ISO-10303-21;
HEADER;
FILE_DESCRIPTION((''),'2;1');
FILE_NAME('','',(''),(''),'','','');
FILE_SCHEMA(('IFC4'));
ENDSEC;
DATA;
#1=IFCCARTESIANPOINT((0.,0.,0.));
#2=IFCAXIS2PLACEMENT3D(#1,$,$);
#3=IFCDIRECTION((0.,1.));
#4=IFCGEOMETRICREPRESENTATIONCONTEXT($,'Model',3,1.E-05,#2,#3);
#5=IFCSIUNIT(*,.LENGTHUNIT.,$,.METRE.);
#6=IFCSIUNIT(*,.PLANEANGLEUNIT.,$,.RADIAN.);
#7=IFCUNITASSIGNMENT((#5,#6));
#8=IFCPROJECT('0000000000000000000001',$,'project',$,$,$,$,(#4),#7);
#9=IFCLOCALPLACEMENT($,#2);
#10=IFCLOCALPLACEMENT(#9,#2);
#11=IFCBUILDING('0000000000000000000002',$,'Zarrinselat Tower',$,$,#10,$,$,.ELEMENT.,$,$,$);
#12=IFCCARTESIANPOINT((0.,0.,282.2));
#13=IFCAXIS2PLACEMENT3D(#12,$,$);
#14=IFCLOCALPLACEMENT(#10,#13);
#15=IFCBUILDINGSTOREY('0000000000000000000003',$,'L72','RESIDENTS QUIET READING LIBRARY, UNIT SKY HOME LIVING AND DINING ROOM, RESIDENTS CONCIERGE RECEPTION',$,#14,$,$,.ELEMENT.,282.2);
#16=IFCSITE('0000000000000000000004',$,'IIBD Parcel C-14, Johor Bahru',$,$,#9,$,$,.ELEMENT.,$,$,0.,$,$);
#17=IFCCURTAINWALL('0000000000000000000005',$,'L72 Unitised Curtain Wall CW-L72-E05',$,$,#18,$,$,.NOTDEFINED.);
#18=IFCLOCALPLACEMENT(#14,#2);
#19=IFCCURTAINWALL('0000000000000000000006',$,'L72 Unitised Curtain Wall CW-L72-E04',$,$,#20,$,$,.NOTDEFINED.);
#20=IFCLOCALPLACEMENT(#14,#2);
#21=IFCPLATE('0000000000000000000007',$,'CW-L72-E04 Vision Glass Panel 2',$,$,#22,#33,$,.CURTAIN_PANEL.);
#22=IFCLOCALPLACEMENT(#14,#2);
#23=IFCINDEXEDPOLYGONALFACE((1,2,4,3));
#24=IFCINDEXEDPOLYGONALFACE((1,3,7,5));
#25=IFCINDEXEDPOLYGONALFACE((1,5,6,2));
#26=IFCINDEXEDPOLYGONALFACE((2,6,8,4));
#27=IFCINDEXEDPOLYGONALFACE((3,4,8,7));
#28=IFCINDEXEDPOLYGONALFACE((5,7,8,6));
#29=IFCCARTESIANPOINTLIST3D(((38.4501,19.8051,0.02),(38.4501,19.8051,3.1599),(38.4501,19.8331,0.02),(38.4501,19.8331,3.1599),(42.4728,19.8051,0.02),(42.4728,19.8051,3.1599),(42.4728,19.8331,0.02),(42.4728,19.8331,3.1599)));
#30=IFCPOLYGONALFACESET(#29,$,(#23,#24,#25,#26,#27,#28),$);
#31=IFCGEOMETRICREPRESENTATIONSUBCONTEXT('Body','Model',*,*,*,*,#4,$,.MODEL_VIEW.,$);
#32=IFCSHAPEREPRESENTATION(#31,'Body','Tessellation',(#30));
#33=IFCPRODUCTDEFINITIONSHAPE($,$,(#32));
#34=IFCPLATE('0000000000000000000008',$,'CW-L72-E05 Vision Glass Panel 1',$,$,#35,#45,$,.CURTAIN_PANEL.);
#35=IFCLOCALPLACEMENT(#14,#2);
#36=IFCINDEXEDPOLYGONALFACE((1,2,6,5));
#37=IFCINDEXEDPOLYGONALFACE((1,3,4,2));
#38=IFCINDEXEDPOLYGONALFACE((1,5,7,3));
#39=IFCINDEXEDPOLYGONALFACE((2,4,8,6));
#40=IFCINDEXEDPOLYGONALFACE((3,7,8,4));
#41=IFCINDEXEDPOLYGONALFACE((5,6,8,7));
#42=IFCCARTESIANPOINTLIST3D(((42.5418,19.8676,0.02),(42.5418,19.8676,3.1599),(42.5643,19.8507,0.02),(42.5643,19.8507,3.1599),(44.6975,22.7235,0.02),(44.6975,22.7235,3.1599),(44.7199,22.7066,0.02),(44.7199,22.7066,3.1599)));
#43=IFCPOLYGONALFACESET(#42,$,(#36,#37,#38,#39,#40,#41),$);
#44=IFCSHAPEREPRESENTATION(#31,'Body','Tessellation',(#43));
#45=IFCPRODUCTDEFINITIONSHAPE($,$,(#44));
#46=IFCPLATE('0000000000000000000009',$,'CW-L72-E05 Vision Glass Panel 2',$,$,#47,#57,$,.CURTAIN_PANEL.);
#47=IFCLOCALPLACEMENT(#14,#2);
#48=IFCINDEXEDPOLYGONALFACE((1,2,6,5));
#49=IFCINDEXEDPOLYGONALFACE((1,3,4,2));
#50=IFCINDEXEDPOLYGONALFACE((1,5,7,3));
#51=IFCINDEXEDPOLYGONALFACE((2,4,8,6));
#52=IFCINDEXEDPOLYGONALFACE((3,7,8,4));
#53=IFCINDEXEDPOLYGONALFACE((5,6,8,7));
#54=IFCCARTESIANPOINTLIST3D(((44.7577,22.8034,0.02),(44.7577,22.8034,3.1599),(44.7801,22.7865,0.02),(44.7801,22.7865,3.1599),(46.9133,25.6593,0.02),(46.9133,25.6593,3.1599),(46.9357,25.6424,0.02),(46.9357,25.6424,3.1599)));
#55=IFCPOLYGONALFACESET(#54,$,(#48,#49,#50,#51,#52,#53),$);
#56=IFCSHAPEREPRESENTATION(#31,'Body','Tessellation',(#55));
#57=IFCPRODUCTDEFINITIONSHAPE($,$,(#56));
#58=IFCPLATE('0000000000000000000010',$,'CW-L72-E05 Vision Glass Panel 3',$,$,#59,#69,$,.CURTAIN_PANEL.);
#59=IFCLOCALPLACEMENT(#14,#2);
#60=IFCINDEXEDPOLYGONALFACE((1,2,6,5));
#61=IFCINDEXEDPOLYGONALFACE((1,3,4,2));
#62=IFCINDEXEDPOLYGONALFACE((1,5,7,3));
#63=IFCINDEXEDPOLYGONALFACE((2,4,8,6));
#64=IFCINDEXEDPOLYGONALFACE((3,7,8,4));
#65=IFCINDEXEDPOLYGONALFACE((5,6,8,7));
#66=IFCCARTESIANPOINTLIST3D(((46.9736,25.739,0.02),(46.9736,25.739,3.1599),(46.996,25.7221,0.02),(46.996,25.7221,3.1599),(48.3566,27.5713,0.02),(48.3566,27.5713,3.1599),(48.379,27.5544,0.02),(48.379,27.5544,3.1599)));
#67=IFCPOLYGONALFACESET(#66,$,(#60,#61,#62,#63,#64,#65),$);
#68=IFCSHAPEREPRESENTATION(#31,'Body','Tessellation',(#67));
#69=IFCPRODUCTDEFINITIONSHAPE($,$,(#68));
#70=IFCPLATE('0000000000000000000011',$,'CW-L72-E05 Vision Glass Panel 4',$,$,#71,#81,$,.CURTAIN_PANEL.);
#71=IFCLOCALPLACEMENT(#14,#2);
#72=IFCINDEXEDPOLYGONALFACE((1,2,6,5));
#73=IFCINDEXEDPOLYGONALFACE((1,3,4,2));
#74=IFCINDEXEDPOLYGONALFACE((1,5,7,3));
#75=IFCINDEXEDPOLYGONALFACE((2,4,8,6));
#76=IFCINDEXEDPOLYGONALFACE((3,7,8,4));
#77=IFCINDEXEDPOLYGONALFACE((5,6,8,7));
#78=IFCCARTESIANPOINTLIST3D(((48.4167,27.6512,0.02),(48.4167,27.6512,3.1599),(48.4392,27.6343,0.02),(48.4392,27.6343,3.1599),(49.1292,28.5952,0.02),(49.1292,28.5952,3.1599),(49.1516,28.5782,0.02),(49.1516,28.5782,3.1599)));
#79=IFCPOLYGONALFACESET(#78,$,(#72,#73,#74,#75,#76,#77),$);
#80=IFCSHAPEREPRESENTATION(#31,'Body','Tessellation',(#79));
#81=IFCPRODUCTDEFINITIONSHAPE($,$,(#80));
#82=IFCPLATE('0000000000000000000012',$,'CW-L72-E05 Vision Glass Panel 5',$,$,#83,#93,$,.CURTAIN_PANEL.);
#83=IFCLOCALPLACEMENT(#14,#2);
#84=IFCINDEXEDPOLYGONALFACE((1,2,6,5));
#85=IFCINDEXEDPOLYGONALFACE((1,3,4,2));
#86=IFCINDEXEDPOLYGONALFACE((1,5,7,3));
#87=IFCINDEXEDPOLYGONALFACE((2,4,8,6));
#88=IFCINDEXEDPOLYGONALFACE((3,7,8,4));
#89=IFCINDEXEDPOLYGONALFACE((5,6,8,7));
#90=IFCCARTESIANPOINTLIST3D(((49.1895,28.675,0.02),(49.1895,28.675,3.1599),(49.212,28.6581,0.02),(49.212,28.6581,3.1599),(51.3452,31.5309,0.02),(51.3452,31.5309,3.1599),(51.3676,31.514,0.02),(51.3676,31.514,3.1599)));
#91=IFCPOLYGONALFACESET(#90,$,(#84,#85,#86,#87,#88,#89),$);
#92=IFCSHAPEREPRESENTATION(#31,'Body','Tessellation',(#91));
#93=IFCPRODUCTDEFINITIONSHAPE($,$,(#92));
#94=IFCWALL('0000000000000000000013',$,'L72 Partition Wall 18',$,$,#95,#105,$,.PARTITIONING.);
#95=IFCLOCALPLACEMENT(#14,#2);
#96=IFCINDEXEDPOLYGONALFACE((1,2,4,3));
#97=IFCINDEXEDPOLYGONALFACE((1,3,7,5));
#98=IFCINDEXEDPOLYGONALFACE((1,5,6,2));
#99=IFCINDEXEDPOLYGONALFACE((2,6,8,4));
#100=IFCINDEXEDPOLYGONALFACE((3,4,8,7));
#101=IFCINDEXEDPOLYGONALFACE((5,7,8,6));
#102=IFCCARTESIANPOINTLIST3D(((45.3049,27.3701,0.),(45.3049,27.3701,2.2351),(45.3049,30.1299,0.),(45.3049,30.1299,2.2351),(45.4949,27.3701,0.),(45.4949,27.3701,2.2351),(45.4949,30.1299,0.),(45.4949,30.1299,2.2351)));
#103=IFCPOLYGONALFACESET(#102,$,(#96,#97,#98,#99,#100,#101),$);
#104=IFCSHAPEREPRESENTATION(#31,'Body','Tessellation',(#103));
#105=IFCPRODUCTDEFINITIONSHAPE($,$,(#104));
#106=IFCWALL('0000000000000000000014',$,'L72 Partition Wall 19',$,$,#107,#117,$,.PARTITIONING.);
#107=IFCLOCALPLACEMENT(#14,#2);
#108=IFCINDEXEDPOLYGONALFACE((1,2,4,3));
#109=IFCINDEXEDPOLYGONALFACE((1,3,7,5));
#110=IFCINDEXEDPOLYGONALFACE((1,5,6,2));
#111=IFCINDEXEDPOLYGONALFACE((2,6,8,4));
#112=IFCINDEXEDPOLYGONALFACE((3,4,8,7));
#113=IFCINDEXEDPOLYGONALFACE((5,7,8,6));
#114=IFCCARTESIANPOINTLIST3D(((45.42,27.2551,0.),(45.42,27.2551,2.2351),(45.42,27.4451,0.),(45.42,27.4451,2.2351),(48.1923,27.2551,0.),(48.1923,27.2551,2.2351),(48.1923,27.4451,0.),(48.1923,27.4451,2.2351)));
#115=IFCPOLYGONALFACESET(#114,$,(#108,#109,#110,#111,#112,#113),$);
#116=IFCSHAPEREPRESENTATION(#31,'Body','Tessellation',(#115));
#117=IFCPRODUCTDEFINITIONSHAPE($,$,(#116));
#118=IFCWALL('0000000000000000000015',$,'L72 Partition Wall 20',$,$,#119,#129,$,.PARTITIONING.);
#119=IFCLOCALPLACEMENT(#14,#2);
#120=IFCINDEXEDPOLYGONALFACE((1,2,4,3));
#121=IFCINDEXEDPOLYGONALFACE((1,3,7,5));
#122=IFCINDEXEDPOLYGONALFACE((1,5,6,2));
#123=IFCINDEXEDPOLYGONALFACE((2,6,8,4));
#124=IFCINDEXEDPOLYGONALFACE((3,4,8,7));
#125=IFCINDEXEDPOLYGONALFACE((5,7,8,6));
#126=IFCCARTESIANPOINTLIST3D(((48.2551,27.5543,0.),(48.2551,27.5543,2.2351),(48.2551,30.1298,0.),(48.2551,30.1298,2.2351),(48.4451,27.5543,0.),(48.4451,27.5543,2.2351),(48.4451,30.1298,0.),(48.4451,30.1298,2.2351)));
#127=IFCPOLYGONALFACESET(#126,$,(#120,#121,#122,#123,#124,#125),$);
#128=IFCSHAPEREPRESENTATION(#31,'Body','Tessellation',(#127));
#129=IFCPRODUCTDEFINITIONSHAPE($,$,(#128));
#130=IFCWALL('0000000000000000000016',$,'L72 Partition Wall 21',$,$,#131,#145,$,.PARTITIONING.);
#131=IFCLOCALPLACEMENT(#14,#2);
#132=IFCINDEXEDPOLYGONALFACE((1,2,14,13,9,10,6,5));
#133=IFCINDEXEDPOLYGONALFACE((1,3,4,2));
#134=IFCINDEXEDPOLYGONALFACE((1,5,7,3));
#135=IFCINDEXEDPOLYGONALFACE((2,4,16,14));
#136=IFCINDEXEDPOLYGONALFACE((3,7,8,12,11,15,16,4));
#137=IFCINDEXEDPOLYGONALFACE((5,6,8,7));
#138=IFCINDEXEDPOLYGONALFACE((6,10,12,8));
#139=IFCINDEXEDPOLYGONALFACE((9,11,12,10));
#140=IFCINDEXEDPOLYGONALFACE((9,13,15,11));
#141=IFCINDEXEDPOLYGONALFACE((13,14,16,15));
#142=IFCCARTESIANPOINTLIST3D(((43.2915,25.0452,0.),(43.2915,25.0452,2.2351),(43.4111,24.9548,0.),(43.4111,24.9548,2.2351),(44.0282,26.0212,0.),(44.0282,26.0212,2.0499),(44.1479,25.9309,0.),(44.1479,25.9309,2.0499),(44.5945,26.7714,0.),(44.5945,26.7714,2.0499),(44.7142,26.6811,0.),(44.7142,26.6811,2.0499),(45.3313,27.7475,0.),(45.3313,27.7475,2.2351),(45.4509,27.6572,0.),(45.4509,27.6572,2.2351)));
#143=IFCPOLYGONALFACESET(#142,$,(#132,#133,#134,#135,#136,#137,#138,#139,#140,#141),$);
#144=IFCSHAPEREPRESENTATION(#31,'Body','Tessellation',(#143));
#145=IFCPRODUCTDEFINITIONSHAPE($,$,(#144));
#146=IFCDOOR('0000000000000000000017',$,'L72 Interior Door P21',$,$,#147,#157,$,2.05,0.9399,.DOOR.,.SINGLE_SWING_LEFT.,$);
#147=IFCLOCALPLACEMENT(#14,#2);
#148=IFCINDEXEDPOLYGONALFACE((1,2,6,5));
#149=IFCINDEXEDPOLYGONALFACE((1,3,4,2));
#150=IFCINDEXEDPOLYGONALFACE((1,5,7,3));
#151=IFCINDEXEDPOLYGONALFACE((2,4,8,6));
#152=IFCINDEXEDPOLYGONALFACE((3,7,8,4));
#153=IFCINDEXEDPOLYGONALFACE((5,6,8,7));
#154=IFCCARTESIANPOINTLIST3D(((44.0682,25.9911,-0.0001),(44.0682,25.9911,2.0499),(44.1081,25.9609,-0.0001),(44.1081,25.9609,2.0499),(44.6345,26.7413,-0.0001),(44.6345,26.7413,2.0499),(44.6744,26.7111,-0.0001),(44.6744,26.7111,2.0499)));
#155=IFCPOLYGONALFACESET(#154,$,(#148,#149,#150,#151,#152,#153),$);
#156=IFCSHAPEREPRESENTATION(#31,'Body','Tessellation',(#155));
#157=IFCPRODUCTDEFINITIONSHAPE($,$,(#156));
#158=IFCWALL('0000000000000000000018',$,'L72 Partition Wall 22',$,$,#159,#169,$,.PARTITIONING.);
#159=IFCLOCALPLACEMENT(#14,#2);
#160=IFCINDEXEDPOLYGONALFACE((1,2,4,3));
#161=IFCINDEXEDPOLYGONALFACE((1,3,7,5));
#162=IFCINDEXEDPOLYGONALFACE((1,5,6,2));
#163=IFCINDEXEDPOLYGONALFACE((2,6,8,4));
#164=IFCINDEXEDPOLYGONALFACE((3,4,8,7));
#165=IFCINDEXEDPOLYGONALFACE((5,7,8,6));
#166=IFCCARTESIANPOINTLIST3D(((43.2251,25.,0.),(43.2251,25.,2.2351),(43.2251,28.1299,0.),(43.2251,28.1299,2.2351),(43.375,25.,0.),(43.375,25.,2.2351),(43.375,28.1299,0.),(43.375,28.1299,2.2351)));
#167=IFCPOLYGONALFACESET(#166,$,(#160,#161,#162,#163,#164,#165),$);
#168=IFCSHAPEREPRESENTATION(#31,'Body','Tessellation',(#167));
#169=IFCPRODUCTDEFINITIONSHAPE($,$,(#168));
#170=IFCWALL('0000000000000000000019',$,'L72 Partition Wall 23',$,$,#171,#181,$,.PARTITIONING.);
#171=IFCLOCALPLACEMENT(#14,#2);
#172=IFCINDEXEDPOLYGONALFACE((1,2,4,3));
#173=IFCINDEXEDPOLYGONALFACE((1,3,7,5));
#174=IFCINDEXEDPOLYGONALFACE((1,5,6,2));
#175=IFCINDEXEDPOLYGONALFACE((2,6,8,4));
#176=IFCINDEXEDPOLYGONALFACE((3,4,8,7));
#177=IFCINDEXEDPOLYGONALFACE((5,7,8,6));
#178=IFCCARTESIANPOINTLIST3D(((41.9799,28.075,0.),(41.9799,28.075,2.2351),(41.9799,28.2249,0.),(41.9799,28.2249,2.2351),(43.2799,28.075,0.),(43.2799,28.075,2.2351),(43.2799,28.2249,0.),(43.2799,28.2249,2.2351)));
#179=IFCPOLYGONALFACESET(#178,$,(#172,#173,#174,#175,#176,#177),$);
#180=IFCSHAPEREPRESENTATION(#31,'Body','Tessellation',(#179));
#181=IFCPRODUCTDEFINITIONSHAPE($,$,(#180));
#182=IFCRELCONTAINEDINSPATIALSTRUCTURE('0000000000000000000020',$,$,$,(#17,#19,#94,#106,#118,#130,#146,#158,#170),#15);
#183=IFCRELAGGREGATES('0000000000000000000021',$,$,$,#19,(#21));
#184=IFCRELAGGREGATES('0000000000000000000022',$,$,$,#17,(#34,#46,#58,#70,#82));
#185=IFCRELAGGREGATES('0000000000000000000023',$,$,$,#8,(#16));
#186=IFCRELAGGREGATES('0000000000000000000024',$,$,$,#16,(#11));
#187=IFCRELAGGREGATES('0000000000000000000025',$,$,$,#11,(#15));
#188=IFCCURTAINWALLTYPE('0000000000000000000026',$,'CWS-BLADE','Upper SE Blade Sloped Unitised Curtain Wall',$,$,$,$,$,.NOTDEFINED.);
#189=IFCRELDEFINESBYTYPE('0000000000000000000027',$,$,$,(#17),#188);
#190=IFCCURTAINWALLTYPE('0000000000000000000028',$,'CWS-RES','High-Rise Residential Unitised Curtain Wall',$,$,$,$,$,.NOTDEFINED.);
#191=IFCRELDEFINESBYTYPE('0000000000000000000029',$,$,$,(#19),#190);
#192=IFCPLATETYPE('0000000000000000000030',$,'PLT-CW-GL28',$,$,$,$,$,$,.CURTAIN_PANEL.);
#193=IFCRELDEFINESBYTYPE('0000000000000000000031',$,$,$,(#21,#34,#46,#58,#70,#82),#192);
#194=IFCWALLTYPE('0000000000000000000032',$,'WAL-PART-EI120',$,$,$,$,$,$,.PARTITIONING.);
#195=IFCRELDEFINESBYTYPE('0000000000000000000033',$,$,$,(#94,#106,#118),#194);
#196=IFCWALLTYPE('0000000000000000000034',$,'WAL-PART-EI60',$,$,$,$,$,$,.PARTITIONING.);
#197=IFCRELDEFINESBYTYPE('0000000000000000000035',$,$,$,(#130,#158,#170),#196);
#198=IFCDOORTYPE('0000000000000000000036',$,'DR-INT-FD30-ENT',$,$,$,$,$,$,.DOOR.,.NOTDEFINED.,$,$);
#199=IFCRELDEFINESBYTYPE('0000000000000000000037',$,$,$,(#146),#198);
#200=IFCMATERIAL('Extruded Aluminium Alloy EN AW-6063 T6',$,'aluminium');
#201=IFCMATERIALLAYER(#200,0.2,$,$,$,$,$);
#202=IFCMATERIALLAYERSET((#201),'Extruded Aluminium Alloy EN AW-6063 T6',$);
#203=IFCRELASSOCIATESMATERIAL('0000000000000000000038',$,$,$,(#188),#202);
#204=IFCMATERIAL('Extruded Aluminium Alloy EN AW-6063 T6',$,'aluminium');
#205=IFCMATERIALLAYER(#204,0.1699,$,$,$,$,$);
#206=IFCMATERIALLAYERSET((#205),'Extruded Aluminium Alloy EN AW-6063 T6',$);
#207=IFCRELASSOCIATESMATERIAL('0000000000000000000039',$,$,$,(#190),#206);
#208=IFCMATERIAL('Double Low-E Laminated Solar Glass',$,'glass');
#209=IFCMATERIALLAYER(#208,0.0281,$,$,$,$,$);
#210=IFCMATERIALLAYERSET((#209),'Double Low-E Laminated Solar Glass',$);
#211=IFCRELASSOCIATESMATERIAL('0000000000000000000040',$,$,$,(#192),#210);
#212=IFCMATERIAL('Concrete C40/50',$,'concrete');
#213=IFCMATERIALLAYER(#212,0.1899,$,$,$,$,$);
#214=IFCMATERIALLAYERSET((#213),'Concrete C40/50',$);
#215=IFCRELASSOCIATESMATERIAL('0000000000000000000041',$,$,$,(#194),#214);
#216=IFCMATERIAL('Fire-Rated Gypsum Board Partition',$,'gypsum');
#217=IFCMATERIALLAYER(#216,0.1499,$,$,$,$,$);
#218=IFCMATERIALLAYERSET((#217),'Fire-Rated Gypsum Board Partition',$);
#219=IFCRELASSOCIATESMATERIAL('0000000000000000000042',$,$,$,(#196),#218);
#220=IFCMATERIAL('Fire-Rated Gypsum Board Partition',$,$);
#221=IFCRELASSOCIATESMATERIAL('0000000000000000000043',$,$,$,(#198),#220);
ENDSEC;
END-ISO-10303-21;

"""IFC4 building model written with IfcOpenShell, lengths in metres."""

from ifc_helpers import new_model, si_unit, direction, frame, frame_2d, origin, origin_2d, place, context, subcontext, project, spatial, rectangle, extrude, material, layer, layer_set, type_object, element, fill, aggregate, save


model = new_model("IFC4")

# Units and contexts
model_context = context("Model", 3, precision=1e-05, world=origin(), true_north=direction((0.0, 1.0)))
body_context = subcontext(model_context, "Body", "Model", "MODEL_VIEW")
ifc_project = project(units=[si_unit("LENGTHUNIT", "METRE"), si_unit("PLANEANGLEUNIT", "RADIAN")], contexts=[model_context])

# Site, building, storey
site_placement = place(None, origin())
site = spatial("IfcSite", under=ifc_project, at=site_placement, Name="IIBD Parcel C-14, Johor Bahru", CompositionType="ELEMENT", RefElevation=0.0)
building_placement = place(site_placement, origin())
building = spatial("IfcBuilding", under=site, at=building_placement, Name="Zarrinselat Tower", CompositionType="ELEMENT")
storey_placement = place(building_placement, frame((0.0, 0.0, 282.2)))
storey = spatial("IfcBuildingStorey", under=building, at=storey_placement, Name="L72", Description="RESIDENTS QUIET READING LIBRARY, UNIT SKY HOME LIVING AND DINING ROOM, RESIDENTS CONCIERGE RECEPTION", CompositionType="ELEMENT", Elevation=282.2)

# Curtain wall
ifc_material_1 = material(Name="Extruded Aluminium Alloy EN AW-6063 T6", Category="aluminium")
ifc_layer_1 = layer(ifc_material_1, 0.2)
ifc_layer_set_1 = layer_set([ifc_layer_1], Name="Extruded Aluminium Alloy EN AW-6063 T6")
curtain_wall_type_1 = type_object("IfcCurtainWallType", Name="CWS-BLADE", Description="Upper SE Blade Sloped Unitised Curtain Wall", PredefinedType="NOTDEFINED", material=ifc_layer_set_1)
curtain_wall_1_placement = place(storey_placement, origin())
curtain_wall_1 = element("IfcCurtainWall", 1, at=curtain_wall_1_placement, inside=storey, type_object=curtain_wall_type_1, Name="L72 Unitised Curtain Wall CW-L72-E05", PredefinedType="NOTDEFINED")

# Curtain wall
ifc_material_2 = material(Name="Extruded Aluminium Alloy EN AW-6063 T6", Category="aluminium")
ifc_layer_2 = layer(ifc_material_2, 0.1699)
ifc_layer_set_2 = layer_set([ifc_layer_2], Name="Extruded Aluminium Alloy EN AW-6063 T6")
curtain_wall_type_2 = type_object("IfcCurtainWallType", Name="CWS-RES", Description="High-Rise Residential Unitised Curtain Wall", PredefinedType="NOTDEFINED", material=ifc_layer_set_2)
curtain_wall_2_placement = place(storey_placement, origin())
curtain_wall_2 = element("IfcCurtainWall", 2, at=curtain_wall_2_placement, inside=storey, type_object=curtain_wall_type_2, Name="L72 Unitised Curtain Wall CW-L72-E04", PredefinedType="NOTDEFINED")

# Plates
ifc_material_3 = material(Name="Double Low-E Laminated Solar Glass", Category="glass")
ifc_layer_3 = layer(ifc_material_3, 0.0281)
ifc_layer_set_3 = layer_set([ifc_layer_3], Name="Double Low-E Laminated Solar Glass")
plate_type = type_object("IfcPlateType", Name="PLT-CW-GL28", PredefinedType="CURTAIN_PANEL", material=ifc_layer_set_3)
plate_1_placement = place(storey_placement, frame((40.4614, 19.8191, 0.02), z_axis=(0.0, 0.0, 1.0), x_axis=(1.0, 0.0, 0.0)))
plate_1 = element("IfcPlate", 3, at=plate_1_placement, type_object=plate_type, Name="CW-L72-E04 Vision Glass Panel 2", PredefinedType="CURTAIN_PANEL", context=body_context, shape_type="SweptSolid", body=[
    extrude(rectangle(XDim=4.0227, YDim=0.0281, at=origin_2d()), origin(), (0.0, 0.0, 1.0), 3.1399),
])
aggregate(curtain_wall_2, [plate_1])
plate_2_placement = place(storey_placement, frame((43.6309, 21.2871, 0.02), z_axis=(0.0, 0.0, 1.0), x_axis=(0.602445, 0.79816, 0.0)))
plate_2 = element("IfcPlate", 4, at=plate_2_placement, type_object=plate_type, Name="CW-L72-E05 Vision Glass Panel 1", PredefinedType="CURTAIN_PANEL", context=body_context, shape_type="SweptSolid", body=[
    extrude(rectangle(XDim=3.5781, YDim=0.0281, at=origin_2d()), origin(), (0.0, 0.0, 1.0), 3.1399),
])
plate_3_placement = place(storey_placement, frame((45.8467, 24.2229, 0.02), z_axis=(0.0, 0.0, 1.0), x_axis=(0.602445, 0.79816, 0.0)))
plate_3 = element("IfcPlate", 5, at=plate_3_placement, type_object=plate_type, Name="CW-L72-E05 Vision Glass Panel 2", PredefinedType="CURTAIN_PANEL", context=body_context, shape_type="SweptSolid", body=[
    extrude(rectangle(XDim=3.5781, YDim=0.0281, at=origin_2d()), origin(), (0.0, 0.0, 1.0), 3.1399),
])
plate_4_placement = place(storey_placement, frame((47.6763, 26.6467, 0.02), z_axis=(0.0, 0.0, 1.0), x_axis=(0.602445, 0.79816, 0.0)))
plate_4 = element("IfcPlate", 6, at=plate_4_placement, type_object=plate_type, Name="CW-L72-E05 Vision Glass Panel 3", PredefinedType="CURTAIN_PANEL", context=body_context, shape_type="SweptSolid", body=[
    extrude(rectangle(XDim=2.2957, YDim=0.0281, at=origin_2d()), origin(), (0.0, 0.0, 1.0), 3.1399),
])
plate_5_placement = place(storey_placement, frame((48.7842, 28.1147, 0.02), z_axis=(0.0, 0.0, 1.0), x_axis=(0.602445, 0.79816, 0.0)))
plate_5 = element("IfcPlate", 7, at=plate_5_placement, type_object=plate_type, Name="CW-L72-E05 Vision Glass Panel 4", PredefinedType="CURTAIN_PANEL", context=body_context, shape_type="SweptSolid", body=[
    extrude(rectangle(XDim=1.1826, YDim=0.0281, at=origin_2d()), origin(), (0.0, 0.0, 1.0), 3.1399),
])
plate_6_placement = place(storey_placement, frame((50.2786, 30.0945, 0.02), z_axis=(0.0, 0.0, 1.0), x_axis=(0.602445, 0.79816, 0.0)))
plate_6 = element("IfcPlate", 8, at=plate_6_placement, type_object=plate_type, Name="CW-L72-E05 Vision Glass Panel 5", PredefinedType="CURTAIN_PANEL", context=body_context, shape_type="SweptSolid", body=[
    extrude(rectangle(XDim=3.5781, YDim=0.0281, at=origin_2d()), origin(), (0.0, 0.0, 1.0), 3.1399),
])
aggregate(curtain_wall_1, [plate_2, plate_3, plate_4, plate_5, plate_6])

# Walls
ifc_material_4 = material(Name="Concrete C40/50", Category="concrete")
ifc_layer_4 = layer(ifc_material_4, 0.1899)
ifc_layer_set_4 = layer_set([ifc_layer_4], Name="Concrete C40/50")
wall_type_1 = type_object("IfcWallType", Name="WAL-PART-EI120", PredefinedType="PARTITIONING", material=ifc_layer_set_4)
wall_1_placement = place(storey_placement, frame((45.3999, 27.3701, 0.0), z_axis=(0.0, 0.0, 1.0), x_axis=(0.0, 1.0, 0.0)))
element("IfcWall", 9, at=wall_1_placement, inside=storey, type_object=wall_type_1, Name="L72 Partition Wall 18", PredefinedType="PARTITIONING", context=body_context, shape_type="SweptSolid", body=[
    extrude(rectangle(XDim=2.7598, YDim=0.1899, at=frame_2d((1.3799, 0.0))), origin(), (0.0, 0.0, 1.0), 2.2351),
])
wall_2_placement = place(storey_placement, frame((45.4199, 27.3501, 0.0), z_axis=(0.0, 0.0, 1.0), x_axis=(1.0, 0.0, 0.0)))
element("IfcWall", 10, at=wall_2_placement, inside=storey, type_object=wall_type_1, Name="L72 Partition Wall 19", PredefinedType="PARTITIONING", context=body_context, shape_type="SweptSolid", body=[
    extrude(rectangle(XDim=2.7722, YDim=0.1899, at=frame_2d((1.3862, 0.0))), origin(), (0.0, 0.0, 1.0), 2.2351),
])
wall_3_placement = place(storey_placement, frame((48.3501, 27.5544, 0.0), z_axis=(0.0, 0.0, 1.0), x_axis=(0.0, 1.0, 0.0)))
element("IfcWall", 11, at=wall_3_placement, inside=storey, type_object=wall_type_1, Name="L72 Partition Wall 20", PredefinedType="PARTITIONING", context=body_context, shape_type="SweptSolid", body=[
    extrude(rectangle(XDim=2.5754, YDim=0.1899, at=frame_2d((1.2876, 0.0))), origin(), (0.0, 0.0, 1.0), 2.2351),
])

# Wall, opening, door
ifc_material_5 = material(Name="Fire-Rated Gypsum Board Partition", Category="gypsum")
ifc_layer_5 = layer(ifc_material_5, 0.1499)
ifc_layer_set_5 = layer_set([ifc_layer_5], Name="Fire-Rated Gypsum Board Partition")
wall_type_2 = type_object("IfcWallType", Name="WAL-PART-EI60", PredefinedType="PARTITIONING", material=ifc_layer_set_5)
wall_4_placement = place(storey_placement, frame((43.3513, 25.0, 0.0), z_axis=(0.0, 0.0, 1.0), x_axis=(0.602455, 0.798153, 0.0)))
wall_4 = element("IfcWall", 12, at=wall_4_placement, inside=storey, type_object=wall_type_2, Name="L72 Partition Wall 21", PredefinedType="PARTITIONING", context=body_context, shape_type="SweptSolid", body=[
    extrude(rectangle(XDim=3.3857, YDim=0.1499, at=frame_2d((1.6929, 0.0))), origin(), (0.0, 0.0, 1.0), 2.2351),
])
opening_placement = place(wall_4_placement, frame((1.2229, 0.0, 0.0)))
opening = element("IfcOpeningElement", 13, at=opening_placement, cuts=wall_4, PredefinedType="OPENING", context=body_context, shape_type="SweptSolid", body=[
    extrude(rectangle(XDim=0.9399, YDim=2.05, at=frame_2d((0.47, 1.0249))), frame((0.0, 0.085, 0.0), z_axis=(0.0, -1.0, 0.0), x_axis=(1.0, 0.0, 0.0)), (0.0, 0.0, 1.0), 0.1699),
])
ifc_material_6 = material(Name="Fire-Rated Gypsum Board Partition")
door_type = type_object("IfcDoorType", Name="DR-INT-FD30-ENT", OperationType="NOTDEFINED", PredefinedType="DOOR", material=ifc_material_6)
door_placement = place(opening_placement, origin())
door = element("IfcDoor", 14, at=door_placement, inside=storey, type_object=door_type, Name="L72 Interior Door P21", OperationType="SINGLE_SWING_LEFT", OverallHeight=2.05, OverallWidth=0.9399, PredefinedType="DOOR", context=body_context, shape_type="SweptSolid", body=[
    extrude(rectangle(XDim=0.9399, YDim=2.05, at=frame_2d((0.47, 1.0249))), frame((0.0, 0.0249, 0.0), z_axis=(0.0, -1.0, 0.0), x_axis=(1.0, 0.0, 0.0)), (0.0, 0.0, 1.0), 0.05),
])
fill(opening, door)

# Walls
wall_5_placement = place(storey_placement, frame((43.3, 25.0, 0.0), z_axis=(0.0, 0.0, 1.0), x_axis=(0.0, 1.0, 0.0)))
element("IfcWall", 15, at=wall_5_placement, inside=storey, type_object=wall_type_2, Name="L72 Partition Wall 22", PredefinedType="PARTITIONING", context=body_context, shape_type="SweptSolid", body=[
    extrude(rectangle(XDim=3.1299, YDim=0.1499, at=frame_2d((1.5649, 0.0))), origin(), (0.0, 0.0, 1.0), 2.2351),
])
wall_6_placement = place(storey_placement, frame((41.98, 28.1499, 0.0), z_axis=(0.0, 0.0, 1.0), x_axis=(1.0, 0.0, 0.0)))
element("IfcWall", 16, at=wall_6_placement, inside=storey, type_object=wall_type_2, Name="L72 Partition Wall 23", PredefinedType="PARTITIONING", context=body_context, shape_type="SweptSolid", body=[
    extrude(rectangle(XDim=1.3, YDim=0.1499, at=frame_2d((0.6499, 0.0))), origin(), (0.0, 0.0, 1.0), 2.2351),
])

save(model, "model.ifc")
